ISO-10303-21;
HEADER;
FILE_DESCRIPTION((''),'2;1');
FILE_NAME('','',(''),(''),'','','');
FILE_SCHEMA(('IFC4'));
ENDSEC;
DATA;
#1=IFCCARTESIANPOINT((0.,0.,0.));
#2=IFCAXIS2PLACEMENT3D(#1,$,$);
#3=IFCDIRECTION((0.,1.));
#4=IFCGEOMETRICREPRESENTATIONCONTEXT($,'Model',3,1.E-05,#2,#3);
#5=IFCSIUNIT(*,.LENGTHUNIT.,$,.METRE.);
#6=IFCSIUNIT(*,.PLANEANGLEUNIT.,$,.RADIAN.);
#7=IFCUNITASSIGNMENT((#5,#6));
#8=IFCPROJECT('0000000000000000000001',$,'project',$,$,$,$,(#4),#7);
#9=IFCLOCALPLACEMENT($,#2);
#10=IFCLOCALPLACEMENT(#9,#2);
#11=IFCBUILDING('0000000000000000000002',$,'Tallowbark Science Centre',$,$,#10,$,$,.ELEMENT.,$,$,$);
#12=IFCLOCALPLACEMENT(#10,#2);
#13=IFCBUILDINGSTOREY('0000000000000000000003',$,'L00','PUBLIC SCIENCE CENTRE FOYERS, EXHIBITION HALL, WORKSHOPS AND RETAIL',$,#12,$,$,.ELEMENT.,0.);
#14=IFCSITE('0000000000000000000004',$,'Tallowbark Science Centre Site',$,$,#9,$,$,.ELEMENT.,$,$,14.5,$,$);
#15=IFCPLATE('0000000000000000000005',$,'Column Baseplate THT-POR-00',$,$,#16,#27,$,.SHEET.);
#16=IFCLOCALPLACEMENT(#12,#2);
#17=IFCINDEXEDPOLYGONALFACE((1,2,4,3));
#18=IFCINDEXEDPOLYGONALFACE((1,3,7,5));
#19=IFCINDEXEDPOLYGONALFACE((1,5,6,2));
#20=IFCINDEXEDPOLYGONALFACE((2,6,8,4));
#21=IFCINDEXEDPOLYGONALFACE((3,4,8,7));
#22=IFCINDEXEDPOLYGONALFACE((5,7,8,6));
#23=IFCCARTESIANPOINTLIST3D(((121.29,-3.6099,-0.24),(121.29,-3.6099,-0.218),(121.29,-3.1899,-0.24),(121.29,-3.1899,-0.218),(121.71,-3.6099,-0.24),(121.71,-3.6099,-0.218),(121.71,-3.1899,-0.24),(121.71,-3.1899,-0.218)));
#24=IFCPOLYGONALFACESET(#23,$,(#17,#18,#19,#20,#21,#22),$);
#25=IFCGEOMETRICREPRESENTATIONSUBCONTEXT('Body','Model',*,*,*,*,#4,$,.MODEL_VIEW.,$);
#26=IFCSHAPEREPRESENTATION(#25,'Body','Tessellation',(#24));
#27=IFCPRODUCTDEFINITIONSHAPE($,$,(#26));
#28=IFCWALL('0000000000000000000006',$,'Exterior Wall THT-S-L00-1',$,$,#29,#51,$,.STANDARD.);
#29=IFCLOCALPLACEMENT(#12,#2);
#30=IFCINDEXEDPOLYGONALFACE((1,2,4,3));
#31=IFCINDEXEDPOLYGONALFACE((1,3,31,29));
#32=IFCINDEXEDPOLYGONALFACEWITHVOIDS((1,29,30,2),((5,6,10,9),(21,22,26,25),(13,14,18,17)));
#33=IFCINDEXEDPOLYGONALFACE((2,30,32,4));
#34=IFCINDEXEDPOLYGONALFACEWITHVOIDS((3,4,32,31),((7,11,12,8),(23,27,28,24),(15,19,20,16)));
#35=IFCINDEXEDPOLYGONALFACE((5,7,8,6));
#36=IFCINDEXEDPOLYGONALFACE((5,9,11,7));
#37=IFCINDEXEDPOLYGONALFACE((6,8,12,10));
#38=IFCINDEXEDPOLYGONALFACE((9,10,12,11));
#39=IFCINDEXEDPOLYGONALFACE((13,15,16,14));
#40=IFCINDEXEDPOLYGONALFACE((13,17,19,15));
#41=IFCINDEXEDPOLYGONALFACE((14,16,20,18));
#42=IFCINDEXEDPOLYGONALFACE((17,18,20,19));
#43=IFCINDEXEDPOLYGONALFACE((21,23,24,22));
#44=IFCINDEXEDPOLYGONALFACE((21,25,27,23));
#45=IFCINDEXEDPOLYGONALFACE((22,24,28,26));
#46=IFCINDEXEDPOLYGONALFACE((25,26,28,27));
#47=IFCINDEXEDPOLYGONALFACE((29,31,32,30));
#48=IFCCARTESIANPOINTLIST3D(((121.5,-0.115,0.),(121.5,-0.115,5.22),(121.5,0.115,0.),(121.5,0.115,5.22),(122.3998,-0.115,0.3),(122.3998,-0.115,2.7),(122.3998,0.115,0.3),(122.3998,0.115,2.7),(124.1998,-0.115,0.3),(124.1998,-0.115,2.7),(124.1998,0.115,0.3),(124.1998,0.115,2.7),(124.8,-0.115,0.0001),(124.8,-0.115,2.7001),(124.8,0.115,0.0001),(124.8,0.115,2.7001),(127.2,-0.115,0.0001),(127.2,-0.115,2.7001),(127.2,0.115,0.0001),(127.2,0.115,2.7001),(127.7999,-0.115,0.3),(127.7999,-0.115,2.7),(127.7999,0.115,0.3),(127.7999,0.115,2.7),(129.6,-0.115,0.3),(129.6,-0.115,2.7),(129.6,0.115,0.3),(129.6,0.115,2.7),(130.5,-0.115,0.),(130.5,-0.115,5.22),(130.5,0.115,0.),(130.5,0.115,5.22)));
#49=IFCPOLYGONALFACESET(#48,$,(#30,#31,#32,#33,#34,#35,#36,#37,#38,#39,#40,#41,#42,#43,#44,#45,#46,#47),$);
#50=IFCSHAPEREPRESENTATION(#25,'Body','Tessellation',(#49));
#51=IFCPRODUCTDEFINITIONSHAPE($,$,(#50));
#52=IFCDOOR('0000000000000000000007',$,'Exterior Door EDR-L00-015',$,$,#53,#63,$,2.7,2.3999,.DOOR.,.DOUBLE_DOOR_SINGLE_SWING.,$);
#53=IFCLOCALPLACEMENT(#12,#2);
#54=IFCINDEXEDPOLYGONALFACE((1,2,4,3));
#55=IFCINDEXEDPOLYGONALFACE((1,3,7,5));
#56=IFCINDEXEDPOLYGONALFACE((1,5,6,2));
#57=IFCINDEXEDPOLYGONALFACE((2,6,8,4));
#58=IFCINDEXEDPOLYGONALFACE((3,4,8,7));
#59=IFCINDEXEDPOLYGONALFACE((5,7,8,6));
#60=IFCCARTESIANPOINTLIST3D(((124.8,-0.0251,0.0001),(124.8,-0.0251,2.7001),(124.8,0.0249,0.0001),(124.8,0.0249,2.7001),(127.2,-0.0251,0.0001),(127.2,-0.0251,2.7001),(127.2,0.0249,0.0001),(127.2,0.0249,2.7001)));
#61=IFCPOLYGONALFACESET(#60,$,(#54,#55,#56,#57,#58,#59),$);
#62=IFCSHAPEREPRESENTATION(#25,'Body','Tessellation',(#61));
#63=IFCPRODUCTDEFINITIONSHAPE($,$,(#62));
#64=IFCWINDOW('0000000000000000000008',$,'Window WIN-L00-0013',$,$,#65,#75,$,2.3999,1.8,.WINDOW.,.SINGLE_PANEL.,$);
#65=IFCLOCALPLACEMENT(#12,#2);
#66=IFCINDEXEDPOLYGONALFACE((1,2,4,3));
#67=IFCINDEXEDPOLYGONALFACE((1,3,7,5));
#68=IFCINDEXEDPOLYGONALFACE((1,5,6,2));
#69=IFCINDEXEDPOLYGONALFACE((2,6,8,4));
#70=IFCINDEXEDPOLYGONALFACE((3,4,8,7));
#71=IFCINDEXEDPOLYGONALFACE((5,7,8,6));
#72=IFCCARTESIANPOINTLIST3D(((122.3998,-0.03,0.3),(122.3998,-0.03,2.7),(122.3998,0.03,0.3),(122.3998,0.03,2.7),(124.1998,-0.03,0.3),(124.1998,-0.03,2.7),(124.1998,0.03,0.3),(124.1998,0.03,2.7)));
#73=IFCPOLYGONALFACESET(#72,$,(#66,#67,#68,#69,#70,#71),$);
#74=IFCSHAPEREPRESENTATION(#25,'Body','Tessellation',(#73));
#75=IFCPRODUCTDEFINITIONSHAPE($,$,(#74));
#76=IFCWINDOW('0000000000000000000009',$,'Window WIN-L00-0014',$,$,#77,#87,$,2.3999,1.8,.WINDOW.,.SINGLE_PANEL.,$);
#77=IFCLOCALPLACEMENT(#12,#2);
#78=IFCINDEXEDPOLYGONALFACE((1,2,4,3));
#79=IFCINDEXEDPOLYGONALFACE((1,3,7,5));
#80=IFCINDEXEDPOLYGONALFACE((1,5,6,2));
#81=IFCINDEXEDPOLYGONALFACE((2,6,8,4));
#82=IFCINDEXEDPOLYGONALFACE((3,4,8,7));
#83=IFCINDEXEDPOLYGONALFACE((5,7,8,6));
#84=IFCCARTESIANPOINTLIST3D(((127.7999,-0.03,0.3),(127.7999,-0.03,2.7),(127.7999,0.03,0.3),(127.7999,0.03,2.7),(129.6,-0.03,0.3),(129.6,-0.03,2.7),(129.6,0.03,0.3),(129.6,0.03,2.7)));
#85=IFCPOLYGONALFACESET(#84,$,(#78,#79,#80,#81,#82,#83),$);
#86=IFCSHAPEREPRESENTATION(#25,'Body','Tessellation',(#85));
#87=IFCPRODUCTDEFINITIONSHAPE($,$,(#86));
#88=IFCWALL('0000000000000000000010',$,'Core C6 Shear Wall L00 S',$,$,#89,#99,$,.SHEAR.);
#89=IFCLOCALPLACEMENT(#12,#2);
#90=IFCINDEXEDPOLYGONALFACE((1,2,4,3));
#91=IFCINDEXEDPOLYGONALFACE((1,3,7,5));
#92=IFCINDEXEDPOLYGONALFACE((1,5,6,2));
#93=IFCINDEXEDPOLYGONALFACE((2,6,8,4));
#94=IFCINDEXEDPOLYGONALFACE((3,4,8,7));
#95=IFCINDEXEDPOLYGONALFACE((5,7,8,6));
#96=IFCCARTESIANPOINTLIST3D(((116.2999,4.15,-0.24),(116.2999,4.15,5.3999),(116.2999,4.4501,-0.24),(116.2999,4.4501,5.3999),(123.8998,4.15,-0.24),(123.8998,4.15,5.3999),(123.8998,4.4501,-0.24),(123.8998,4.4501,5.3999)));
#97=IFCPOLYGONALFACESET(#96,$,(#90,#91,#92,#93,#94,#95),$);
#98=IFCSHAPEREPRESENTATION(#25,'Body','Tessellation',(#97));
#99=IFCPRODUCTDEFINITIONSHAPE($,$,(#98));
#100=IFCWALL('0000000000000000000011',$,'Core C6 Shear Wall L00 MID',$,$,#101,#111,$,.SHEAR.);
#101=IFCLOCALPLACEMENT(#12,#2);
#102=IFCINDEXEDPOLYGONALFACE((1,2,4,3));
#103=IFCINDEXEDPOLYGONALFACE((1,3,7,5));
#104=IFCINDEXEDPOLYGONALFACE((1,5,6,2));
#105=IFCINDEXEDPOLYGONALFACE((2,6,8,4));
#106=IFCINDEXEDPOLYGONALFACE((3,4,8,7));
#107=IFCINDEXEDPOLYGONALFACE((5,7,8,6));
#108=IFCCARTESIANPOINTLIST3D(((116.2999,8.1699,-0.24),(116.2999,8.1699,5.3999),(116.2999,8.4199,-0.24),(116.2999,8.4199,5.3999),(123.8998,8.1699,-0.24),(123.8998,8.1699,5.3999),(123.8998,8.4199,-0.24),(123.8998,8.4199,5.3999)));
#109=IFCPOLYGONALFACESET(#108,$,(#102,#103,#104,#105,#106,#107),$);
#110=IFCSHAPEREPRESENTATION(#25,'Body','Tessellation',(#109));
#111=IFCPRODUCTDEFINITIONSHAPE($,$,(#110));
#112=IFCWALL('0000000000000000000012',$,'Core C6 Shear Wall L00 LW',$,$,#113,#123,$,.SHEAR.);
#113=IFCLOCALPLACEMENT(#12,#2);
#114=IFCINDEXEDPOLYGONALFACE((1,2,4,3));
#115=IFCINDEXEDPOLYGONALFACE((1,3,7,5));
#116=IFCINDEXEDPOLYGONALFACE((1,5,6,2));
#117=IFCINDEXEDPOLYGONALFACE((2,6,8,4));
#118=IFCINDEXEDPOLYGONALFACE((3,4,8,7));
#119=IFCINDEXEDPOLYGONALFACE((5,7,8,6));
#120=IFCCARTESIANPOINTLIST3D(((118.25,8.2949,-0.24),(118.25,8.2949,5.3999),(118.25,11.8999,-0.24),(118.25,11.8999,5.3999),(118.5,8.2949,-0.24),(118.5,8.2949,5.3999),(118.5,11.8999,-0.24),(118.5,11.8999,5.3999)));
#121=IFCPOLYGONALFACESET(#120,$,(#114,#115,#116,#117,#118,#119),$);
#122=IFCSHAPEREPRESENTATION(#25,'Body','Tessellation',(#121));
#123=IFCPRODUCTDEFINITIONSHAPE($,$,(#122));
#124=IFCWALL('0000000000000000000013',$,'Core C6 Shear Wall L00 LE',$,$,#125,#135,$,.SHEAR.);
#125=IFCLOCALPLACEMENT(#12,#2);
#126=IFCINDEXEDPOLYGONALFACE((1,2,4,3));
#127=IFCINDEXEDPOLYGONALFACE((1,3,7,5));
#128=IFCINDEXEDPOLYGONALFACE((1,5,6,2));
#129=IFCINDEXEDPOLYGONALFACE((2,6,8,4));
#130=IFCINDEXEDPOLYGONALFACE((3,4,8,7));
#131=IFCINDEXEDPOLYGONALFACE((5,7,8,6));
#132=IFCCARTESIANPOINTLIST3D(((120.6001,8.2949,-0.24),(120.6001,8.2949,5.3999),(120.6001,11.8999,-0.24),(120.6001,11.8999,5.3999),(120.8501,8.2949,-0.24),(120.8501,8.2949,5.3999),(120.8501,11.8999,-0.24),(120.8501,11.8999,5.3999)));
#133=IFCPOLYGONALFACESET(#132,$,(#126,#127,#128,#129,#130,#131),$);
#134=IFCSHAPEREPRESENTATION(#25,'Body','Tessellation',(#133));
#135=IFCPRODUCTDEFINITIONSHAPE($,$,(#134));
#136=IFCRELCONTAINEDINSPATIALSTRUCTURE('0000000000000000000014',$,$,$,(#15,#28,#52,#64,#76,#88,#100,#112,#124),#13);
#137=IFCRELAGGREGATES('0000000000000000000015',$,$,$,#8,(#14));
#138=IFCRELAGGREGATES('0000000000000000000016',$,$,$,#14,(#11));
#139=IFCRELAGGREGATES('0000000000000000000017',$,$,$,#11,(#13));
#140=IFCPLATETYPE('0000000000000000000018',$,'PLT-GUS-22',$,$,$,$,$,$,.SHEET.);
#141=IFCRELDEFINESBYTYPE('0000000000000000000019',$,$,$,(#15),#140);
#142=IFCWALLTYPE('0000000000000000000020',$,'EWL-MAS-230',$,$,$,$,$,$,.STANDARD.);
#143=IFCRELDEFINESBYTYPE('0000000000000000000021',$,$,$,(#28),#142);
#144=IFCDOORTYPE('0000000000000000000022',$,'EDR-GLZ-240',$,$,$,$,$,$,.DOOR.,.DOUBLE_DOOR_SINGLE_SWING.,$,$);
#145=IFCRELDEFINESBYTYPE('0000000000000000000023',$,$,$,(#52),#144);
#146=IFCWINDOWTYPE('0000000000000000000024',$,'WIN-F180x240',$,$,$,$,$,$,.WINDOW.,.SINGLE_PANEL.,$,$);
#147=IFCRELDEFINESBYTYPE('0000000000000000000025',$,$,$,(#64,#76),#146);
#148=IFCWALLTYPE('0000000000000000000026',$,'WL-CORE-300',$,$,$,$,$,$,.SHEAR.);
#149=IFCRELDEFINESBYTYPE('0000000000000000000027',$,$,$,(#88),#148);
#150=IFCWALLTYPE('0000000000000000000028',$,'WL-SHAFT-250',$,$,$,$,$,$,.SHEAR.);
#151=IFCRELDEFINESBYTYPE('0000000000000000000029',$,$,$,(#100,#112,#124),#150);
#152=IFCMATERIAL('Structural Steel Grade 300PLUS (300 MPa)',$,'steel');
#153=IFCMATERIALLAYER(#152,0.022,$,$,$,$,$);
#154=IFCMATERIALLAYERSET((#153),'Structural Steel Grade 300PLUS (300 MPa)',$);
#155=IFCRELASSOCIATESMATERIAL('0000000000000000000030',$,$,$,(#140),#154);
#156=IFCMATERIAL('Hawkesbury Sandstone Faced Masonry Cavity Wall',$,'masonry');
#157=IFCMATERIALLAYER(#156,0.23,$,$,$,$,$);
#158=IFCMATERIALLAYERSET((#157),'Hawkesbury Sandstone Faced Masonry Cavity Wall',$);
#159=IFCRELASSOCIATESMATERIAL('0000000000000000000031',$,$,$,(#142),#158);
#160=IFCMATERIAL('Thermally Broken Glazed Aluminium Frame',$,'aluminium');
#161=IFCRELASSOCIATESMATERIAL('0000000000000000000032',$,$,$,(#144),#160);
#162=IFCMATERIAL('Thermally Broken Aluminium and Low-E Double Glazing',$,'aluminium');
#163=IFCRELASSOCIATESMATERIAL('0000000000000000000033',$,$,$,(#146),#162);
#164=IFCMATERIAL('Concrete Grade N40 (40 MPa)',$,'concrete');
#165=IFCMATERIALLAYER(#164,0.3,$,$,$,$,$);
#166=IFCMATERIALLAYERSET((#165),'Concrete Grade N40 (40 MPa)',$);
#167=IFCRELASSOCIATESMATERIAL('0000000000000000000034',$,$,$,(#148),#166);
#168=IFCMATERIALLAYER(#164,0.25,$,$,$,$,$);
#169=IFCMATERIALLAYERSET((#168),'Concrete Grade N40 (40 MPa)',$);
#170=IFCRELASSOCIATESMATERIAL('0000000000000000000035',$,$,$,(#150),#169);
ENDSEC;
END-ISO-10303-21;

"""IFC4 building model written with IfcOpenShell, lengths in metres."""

from ifc_helpers import new_model, si_unit, direction, frame, frame_2d, origin, origin_2d, place, context, subcontext, project, spatial, rectangle, extrude, material, layer, layer_set, type_object, element, fill, save


model = new_model("IFC4")

# Units and contexts
model_context = context("Model", 3, precision=1e-05, world=origin(), true_north=direction((0.0, 1.0)))
body_context = subcontext(model_context, "Body", "Model", "MODEL_VIEW")
ifc_project = project(units=[si_unit("LENGTHUNIT", "METRE"), si_unit("PLANEANGLEUNIT", "RADIAN")], contexts=[model_context])

# Site, building, storey
site_placement = place(None, origin())
site = spatial("IfcSite", under=ifc_project, at=site_placement, Name="Tallowbark Science Centre Site", CompositionType="ELEMENT", RefElevation=14.5)
building_placement = place(site_placement, origin())
building = spatial("IfcBuilding", under=site, at=building_placement, Name="Tallowbark Science Centre", CompositionType="ELEMENT")
storey_placement = place(building_placement, origin())
storey = spatial("IfcBuildingStorey", under=building, at=storey_placement, Name="L00", Description="PUBLIC SCIENCE CENTRE FOYERS, EXHIBITION HALL, WORKSHOPS AND RETAIL", CompositionType="ELEMENT", Elevation=0.0)

# Shared definitions
ifc_material_1 = material(Name="Concrete Grade N40 (40 MPa)", Category="concrete")

# Shared definitions
ifc_material_2 = material(Name="Structural Steel Grade 300PLUS (300 MPa)", Category="steel")

# Plate
ifc_layer_1 = layer(ifc_material_2, 0.022)
ifc_layer_set_1 = layer_set([ifc_layer_1], Name="Structural Steel Grade 300PLUS (300 MPa)")
plate_type_1 = type_object("IfcPlateType", Name="PLT-GUS-22", PredefinedType="SHEET", material=ifc_layer_set_1)
plate_1_placement = place(storey_placement, frame((121.5, -3.3999, -0.24), z_axis=(0.0, 0.0, 1.0), x_axis=(1.0, 0.0, 0.0)))
element("IfcPlate", 1, at=plate_1_placement, inside=storey, type_object=plate_type_1, Name="Column Baseplate THT-POR-00", PredefinedType="SHEET", context=body_context, shape_type="SweptSolid", body=[
    extrude(rectangle(XDim=0.4199, YDim=0.4199, at=origin_2d()), origin(), (0.0, 0.0, 1.0), 0.022),
])

# Wall, openings, door, windows
ifc_material_3 = material(Name="Hawkesbury Sandstone Faced Masonry Cavity Wall", Category="masonry")
ifc_layer_2 = layer(ifc_material_3, 0.23)
ifc_layer_set_2 = layer_set([ifc_layer_2], Name="Hawkesbury Sandstone Faced Masonry Cavity Wall")
wall_type_1 = type_object("IfcWallType", Name="EWL-MAS-230", PredefinedType="STANDARD", material=ifc_layer_set_2)
wall_1_placement = place(storey_placement, frame((121.5, 0.0, 0.0), z_axis=(0.0, 0.0, 1.0), x_axis=(1.0, 0.0, 0.0)))
wall_1 = element("IfcWall", 2, at=wall_1_placement, inside=storey, type_object=wall_type_1, Name="Exterior Wall THT-S-L00-1", PredefinedType="STANDARD", context=body_context, shape_type="SweptSolid", body=[
    extrude(rectangle(XDim=9.0, YDim=0.23, at=frame_2d((4.5, 0.0))), origin(), (0.0, 0.0, 1.0), 5.22),
])
opening_1_placement = place(wall_1_placement, frame((0.8999, 0.0, 0.3)))
opening_1 = element("IfcOpeningElement", 3, at=opening_1_placement, cuts=wall_1, PredefinedType="OPENING", context=body_context, shape_type="SweptSolid", body=[
    extrude(rectangle(XDim=1.8, YDim=2.3999, at=frame_2d((0.8999, 1.2))), frame((0.0, 0.125, 0.0), z_axis=(0.0, -1.0, 0.0), x_axis=(1.0, 0.0, 0.0)), (0.0, 0.0, 1.0), 0.25),
])
opening_2_placement = place(wall_1_placement, frame((6.3, 0.0, 0.3)))
opening_2 = element("IfcOpeningElement", 4, at=opening_2_placement, cuts=wall_1, PredefinedType="OPENING", context=body_context, shape_type="SweptSolid", body=[
    extrude(rectangle(XDim=1.8, YDim=2.3999, at=frame_2d((0.8999, 1.2))), frame((0.0, 0.125, 0.0), z_axis=(0.0, -1.0, 0.0), x_axis=(1.0, 0.0, 0.0)), (0.0, 0.0, 1.0), 0.25),
])
opening_3_placement = place(wall_1_placement, frame((3.3, 0.0, 0.0)))
opening_3 = element("IfcOpeningElement", 5, at=opening_3_placement, cuts=wall_1, PredefinedType="OPENING", context=body_context, shape_type="SweptSolid", body=[
    extrude(rectangle(XDim=2.3999, YDim=2.7, at=frame_2d((1.2, 1.3501))), frame((0.0, 0.125, 0.0), z_axis=(0.0, -1.0, 0.0), x_axis=(1.0, 0.0, 0.0)), (0.0, 0.0, 1.0), 0.25),
])
ifc_material_4 = material(Name="Thermally Broken Glazed Aluminium Frame", Category="aluminium")
door_type = type_object("IfcDoorType", Name="EDR-GLZ-240", OperationType="DOUBLE_DOOR_SINGLE_SWING", PredefinedType="DOOR", material=ifc_material_4)
door_placement = place(opening_3_placement, origin())
door = element("IfcDoor", 6, at=door_placement, inside=storey, type_object=door_type, Name="Exterior Door EDR-L00-015", OperationType="DOUBLE_DOOR_SINGLE_SWING", OverallHeight=2.7, OverallWidth=2.3999, PredefinedType="DOOR", context=body_context, shape_type="SweptSolid", body=[
    extrude(rectangle(XDim=2.3999, YDim=2.7, at=frame_2d((1.2, 1.3501))), frame((0.0, 0.0249, 0.0), z_axis=(0.0, -1.0, 0.0), x_axis=(1.0, 0.0, 0.0)), (0.0, 0.0, 1.0), 0.05),
])
fill(opening_3, door)
ifc_material_5 = material(Name="Thermally Broken Aluminium and Low-E Double Glazing", Category="aluminium")
window_type = type_object("IfcWindowType", Name="WIN-F180x240", PartitioningType="SINGLE_PANEL", PredefinedType="WINDOW", material=ifc_material_5)
window_1_placement = place(opening_1_placement, origin())
window_1 = element("IfcWindow", 7, at=window_1_placement, inside=storey, type_object=window_type, Name="Window WIN-L00-0013", OverallHeight=2.3999, OverallWidth=1.8, PartitioningType="SINGLE_PANEL", PredefinedType="WINDOW", context=body_context, shape_type="SweptSolid", body=[
    extrude(rectangle(XDim=1.8, YDim=2.3999, at=frame_2d((0.8999, 1.2))), frame((0.0, 0.03, 0.0), z_axis=(0.0, -1.0, 0.0), x_axis=(1.0, 0.0, 0.0)), (0.0, 0.0, 1.0), 0.0601),
])
fill(opening_1, window_1)
window_2_placement = place(opening_2_placement, origin())
window_2 = element("IfcWindow", 8, at=window_2_placement, inside=storey, type_object=window_type, Name="Window WIN-L00-0014", OverallHeight=2.3999, OverallWidth=1.8, PartitioningType="SINGLE_PANEL", PredefinedType="WINDOW", context=body_context, shape_type="SweptSolid", body=[
    extrude(rectangle(XDim=1.8, YDim=2.3999, at=frame_2d((0.8999, 1.2))), frame((0.0, 0.03, 0.0), z_axis=(0.0, -1.0, 0.0), x_axis=(1.0, 0.0, 0.0)), (0.0, 0.0, 1.0), 0.0601),
])
fill(opening_2, window_2)

# Walls
ifc_layer_3 = layer(ifc_material_1, 0.3)
ifc_layer_set_3 = layer_set([ifc_layer_3], Name="Concrete Grade N40 (40 MPa)")
wall_type_2 = type_object("IfcWallType", Name="WL-CORE-300", PredefinedType="SHEAR", material=ifc_layer_set_3)
wall_2_placement = place(storey_placement, frame((116.3, 4.3, -0.24), z_axis=(0.0, 0.0, 1.0), x_axis=(1.0, 0.0, 0.0)))
element("IfcWall", 9, at=wall_2_placement, inside=storey, type_object=wall_type_2, Name="Core C6 Shear Wall L00 S", PredefinedType="SHEAR", context=body_context, shape_type="SweptSolid", body=[
    extrude(rectangle(XDim=7.5999, YDim=0.3, at=frame_2d((3.7998, 0.0))), origin(), (0.0, 0.0, 1.0), 5.6399),
])
ifc_layer_4 = layer(ifc_material_1, 0.25)
ifc_layer_set_4 = layer_set([ifc_layer_4], Name="Concrete Grade N40 (40 MPa)")
wall_type_3 = type_object("IfcWallType", Name="WL-SHAFT-250", PredefinedType="SHEAR", material=ifc_layer_set_4)
wall_3_placement = place(storey_placement, frame((116.3, 8.2949, -0.24), z_axis=(0.0, 0.0, 1.0), x_axis=(1.0, 0.0, 0.0)))
element("IfcWall", 10, at=wall_3_placement, inside=storey, type_object=wall_type_3, Name="Core C6 Shear Wall L00 MID", PredefinedType="SHEAR", context=body_context, shape_type="SweptSolid", body=[
    extrude(rectangle(XDim=7.5999, YDim=0.25, at=frame_2d((3.7998, 0.0))), origin(), (0.0, 0.0, 1.0), 5.6399),
])
for number, where, z_axis, x_axis, name in (
    (11, (118.375, 8.2949, -0.24), (0.0, 0.0, 1.0), (0.0, 1.0, 0.0), "Core C6 Shear Wall L00 LW"),
    (12, (120.7251, 8.2949, -0.24), (0.0, 0.0, 1.0), (0.0, 1.0, 0.0), "Core C6 Shear Wall L00 LE"),
):
    element("IfcWall", number, at=place(storey_placement, frame(where, z_axis=z_axis, x_axis=x_axis)), inside=storey, type_object=wall_type_3, Name=name, PredefinedType="SHEAR", context=body_context, shape_type="SweptSolid", body=[
        extrude(rectangle(XDim=3.605, YDim=0.25, at=frame_2d((1.8025, 0.0))), origin(), (0.0, 0.0, 1.0), 5.6399),
    ])

save(model, "model.ifc")
